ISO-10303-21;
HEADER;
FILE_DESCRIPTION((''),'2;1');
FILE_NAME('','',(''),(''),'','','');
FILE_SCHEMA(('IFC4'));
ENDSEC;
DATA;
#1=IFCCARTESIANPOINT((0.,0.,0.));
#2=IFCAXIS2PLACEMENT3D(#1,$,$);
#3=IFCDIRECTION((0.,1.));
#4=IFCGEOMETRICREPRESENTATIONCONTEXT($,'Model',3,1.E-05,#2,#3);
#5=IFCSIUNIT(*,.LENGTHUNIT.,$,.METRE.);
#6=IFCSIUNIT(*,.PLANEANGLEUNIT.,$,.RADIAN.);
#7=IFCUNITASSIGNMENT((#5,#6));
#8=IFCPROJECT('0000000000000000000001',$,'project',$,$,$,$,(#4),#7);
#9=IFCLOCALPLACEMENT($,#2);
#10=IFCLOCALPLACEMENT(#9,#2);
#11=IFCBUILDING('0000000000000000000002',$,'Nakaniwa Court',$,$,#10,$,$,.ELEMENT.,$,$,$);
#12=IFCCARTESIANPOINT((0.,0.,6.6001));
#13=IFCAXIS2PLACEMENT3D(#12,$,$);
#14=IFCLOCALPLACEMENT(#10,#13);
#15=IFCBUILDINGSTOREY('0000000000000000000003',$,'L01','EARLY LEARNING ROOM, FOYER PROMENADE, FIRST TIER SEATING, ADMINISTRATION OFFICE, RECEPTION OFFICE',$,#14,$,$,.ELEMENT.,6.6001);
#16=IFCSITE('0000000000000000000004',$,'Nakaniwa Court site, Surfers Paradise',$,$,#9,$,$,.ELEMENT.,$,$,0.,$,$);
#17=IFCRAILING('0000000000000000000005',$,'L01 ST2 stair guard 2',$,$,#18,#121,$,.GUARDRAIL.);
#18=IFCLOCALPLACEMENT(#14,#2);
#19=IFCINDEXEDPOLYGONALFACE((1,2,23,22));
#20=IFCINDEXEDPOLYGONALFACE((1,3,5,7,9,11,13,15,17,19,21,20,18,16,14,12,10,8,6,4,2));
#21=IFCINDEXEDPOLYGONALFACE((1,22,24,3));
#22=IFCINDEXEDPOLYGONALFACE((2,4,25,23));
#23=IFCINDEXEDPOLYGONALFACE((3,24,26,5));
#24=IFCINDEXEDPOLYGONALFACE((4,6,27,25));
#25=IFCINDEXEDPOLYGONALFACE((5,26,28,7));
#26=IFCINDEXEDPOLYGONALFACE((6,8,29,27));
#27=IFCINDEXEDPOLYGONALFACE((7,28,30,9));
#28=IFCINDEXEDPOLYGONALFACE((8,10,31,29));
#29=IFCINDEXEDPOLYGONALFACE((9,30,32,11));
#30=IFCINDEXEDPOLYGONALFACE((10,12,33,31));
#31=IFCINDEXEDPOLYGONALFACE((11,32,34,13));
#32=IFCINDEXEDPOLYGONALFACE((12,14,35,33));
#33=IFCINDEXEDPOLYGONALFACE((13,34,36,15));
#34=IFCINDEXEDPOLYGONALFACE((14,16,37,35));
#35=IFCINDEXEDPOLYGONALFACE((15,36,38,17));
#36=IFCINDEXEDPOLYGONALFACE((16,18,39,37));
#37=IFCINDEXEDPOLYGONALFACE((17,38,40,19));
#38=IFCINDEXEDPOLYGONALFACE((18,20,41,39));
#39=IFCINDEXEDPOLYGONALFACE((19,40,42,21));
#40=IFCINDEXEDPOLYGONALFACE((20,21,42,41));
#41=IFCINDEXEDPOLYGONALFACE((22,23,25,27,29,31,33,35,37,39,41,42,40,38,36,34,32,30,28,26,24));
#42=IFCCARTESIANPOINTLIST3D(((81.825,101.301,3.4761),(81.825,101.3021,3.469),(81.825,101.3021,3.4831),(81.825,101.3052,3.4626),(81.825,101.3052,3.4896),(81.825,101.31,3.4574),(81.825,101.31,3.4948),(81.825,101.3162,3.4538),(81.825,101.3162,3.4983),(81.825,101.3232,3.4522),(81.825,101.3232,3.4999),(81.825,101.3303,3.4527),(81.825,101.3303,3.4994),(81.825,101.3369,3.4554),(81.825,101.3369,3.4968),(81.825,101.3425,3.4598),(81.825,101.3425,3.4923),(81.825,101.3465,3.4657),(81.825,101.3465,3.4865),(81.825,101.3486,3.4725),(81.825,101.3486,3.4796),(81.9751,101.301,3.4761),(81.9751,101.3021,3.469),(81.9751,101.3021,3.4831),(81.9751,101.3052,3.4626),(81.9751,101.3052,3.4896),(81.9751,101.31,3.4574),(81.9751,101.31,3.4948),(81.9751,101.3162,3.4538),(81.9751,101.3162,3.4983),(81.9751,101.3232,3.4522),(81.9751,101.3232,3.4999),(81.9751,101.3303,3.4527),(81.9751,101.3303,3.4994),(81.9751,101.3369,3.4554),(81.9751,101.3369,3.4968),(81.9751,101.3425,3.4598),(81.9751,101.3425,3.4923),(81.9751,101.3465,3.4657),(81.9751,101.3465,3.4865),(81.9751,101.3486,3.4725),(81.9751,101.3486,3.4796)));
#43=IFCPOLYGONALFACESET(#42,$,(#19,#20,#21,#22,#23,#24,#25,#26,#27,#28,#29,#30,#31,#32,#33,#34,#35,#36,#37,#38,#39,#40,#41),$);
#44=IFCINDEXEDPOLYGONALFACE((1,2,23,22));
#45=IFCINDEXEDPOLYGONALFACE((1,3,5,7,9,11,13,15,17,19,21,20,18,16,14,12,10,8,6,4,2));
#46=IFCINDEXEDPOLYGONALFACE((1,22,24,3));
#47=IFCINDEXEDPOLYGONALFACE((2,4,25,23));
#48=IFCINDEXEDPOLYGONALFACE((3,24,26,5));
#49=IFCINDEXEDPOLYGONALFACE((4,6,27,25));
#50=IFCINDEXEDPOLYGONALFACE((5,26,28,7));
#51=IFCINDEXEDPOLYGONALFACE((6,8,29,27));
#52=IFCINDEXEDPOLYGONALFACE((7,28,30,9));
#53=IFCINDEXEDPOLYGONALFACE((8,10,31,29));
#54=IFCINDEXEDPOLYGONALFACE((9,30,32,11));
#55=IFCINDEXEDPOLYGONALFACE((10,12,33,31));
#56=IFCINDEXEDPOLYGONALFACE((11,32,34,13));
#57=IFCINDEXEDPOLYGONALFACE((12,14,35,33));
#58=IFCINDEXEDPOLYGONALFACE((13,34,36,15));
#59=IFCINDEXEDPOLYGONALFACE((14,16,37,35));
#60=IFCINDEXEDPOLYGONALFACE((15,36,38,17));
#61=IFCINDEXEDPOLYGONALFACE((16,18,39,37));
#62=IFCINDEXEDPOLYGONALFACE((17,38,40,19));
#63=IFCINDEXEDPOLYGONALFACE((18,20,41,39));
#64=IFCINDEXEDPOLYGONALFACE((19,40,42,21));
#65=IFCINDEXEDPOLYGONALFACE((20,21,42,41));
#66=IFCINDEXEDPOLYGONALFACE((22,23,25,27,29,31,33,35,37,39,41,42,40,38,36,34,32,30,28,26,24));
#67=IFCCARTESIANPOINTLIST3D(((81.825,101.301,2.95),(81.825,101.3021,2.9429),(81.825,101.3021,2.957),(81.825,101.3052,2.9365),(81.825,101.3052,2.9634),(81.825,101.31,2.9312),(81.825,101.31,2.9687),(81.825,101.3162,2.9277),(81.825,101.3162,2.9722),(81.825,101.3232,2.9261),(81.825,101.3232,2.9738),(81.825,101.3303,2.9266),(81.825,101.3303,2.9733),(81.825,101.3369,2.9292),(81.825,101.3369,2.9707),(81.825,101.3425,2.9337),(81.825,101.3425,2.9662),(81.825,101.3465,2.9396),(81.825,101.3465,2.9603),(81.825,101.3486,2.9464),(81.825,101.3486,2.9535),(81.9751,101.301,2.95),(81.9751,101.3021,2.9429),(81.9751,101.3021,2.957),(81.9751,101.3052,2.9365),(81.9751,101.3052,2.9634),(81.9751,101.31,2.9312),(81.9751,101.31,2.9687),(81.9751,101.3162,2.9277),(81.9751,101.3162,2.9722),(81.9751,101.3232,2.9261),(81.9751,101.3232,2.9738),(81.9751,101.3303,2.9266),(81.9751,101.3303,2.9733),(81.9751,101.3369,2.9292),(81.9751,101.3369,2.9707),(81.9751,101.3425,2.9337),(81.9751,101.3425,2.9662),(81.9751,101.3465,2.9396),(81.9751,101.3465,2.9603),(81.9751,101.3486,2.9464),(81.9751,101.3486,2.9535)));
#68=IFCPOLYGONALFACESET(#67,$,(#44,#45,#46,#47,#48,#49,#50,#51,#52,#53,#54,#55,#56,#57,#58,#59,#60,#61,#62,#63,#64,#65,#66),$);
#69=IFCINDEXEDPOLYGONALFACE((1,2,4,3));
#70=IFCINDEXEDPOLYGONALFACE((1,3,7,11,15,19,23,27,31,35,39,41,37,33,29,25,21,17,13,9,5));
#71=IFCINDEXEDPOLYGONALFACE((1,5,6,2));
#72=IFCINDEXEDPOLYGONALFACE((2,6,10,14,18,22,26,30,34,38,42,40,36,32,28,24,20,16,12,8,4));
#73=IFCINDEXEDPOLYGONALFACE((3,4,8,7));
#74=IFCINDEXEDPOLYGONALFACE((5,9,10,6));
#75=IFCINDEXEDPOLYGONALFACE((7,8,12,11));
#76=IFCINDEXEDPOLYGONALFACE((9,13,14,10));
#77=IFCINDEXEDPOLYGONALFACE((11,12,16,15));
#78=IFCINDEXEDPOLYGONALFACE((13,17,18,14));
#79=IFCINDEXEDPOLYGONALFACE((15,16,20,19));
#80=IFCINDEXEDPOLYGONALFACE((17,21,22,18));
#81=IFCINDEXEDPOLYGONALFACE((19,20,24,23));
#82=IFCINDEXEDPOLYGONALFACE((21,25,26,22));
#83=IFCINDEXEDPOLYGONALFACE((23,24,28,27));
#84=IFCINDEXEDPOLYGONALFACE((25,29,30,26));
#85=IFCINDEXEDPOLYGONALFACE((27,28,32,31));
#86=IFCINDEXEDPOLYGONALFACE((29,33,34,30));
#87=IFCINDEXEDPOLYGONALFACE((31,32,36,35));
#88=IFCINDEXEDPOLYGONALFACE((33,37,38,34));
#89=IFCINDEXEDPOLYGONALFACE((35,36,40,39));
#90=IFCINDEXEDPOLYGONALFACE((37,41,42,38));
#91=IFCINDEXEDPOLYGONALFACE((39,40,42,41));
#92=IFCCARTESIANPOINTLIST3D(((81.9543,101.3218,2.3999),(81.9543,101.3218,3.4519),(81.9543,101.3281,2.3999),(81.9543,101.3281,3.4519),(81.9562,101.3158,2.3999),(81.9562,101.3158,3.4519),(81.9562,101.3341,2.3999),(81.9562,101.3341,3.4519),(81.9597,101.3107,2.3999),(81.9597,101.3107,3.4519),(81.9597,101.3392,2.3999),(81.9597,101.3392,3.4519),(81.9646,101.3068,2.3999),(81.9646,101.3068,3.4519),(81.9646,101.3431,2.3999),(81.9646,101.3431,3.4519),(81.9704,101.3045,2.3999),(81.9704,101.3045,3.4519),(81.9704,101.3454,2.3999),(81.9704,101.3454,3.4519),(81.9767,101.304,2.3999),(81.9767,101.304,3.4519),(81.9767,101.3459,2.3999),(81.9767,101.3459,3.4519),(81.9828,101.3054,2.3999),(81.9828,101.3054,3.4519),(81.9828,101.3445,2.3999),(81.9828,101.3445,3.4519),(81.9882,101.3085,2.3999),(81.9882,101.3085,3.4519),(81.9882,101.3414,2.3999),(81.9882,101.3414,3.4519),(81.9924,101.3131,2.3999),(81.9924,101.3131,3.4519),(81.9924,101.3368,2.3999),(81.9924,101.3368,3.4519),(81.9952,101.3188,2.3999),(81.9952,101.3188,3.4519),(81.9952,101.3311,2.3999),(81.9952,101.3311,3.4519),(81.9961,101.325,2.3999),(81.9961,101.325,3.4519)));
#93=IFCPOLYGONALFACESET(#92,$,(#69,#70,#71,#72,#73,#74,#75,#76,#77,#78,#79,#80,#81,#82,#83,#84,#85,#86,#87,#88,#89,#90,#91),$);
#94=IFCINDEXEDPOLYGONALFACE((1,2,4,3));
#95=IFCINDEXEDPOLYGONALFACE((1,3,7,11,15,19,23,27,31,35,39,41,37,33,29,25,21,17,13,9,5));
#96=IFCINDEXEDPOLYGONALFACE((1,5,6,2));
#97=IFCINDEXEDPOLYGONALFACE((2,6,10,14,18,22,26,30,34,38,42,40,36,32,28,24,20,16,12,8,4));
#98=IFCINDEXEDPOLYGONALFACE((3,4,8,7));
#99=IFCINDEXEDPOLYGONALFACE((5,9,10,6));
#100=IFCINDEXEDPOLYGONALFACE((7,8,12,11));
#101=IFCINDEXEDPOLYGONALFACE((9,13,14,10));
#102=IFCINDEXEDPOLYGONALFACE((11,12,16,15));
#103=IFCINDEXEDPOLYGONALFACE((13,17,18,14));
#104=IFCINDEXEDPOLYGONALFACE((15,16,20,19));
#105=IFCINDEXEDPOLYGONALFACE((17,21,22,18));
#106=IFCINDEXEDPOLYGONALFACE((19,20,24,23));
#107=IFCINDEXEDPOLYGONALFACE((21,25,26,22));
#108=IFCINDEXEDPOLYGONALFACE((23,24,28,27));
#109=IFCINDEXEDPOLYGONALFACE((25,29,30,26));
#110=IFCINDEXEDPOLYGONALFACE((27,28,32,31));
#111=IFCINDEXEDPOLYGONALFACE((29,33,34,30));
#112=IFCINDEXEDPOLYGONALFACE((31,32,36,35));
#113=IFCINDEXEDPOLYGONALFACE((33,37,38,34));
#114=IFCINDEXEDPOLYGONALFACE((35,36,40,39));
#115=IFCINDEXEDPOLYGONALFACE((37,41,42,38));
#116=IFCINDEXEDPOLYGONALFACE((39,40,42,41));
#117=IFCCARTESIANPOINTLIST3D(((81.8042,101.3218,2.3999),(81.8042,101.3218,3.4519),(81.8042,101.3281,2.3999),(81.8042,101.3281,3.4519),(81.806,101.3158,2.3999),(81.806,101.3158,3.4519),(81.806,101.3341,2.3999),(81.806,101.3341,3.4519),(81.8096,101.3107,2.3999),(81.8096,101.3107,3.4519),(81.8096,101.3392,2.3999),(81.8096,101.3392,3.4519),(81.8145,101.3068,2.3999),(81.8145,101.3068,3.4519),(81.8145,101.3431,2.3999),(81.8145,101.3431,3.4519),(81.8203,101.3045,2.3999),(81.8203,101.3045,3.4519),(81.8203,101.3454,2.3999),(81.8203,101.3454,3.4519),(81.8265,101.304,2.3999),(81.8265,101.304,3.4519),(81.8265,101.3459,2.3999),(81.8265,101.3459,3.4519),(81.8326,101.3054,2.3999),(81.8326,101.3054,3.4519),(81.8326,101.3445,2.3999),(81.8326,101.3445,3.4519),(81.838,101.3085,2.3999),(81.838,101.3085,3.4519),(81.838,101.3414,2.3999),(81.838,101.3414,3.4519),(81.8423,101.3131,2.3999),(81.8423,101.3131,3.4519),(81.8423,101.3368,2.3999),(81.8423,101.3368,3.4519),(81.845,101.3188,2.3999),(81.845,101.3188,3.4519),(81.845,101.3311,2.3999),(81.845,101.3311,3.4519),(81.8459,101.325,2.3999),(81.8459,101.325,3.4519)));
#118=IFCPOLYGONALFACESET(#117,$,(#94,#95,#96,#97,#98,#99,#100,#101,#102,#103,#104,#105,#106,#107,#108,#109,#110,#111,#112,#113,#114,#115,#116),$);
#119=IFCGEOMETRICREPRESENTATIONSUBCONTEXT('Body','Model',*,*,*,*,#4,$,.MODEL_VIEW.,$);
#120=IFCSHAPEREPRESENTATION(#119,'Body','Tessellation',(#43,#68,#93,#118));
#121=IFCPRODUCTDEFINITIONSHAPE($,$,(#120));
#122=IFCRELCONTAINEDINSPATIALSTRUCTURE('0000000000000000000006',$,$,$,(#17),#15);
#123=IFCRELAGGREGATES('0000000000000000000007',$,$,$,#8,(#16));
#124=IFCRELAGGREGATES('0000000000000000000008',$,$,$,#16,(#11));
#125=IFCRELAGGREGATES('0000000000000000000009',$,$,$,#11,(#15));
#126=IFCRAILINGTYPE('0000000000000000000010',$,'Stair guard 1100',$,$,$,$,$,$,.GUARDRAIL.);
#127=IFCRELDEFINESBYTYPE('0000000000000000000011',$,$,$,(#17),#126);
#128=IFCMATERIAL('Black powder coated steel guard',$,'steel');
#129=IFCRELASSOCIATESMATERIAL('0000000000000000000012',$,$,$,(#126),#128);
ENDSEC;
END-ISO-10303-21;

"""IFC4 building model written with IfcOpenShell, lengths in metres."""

from ifc_helpers import new_model, si_unit, direction, frame, origin, origin_2d, place, context, subcontext, project, spatial, circle, extrude, material, type_object, element, save


model = new_model("IFC4")

# Units and contexts
model_context = context("Model", 3, precision=1e-05, world=origin(), true_north=direction((0.0, 1.0)))
body_context = subcontext(model_context, "Body", "Model", "MODEL_VIEW")
ifc_project = project(units=[si_unit("LENGTHUNIT", "METRE"), si_unit("PLANEANGLEUNIT", "RADIAN")], contexts=[model_context])

# Site, building, storey
site_placement = place(None, origin())
site = spatial("IfcSite", under=ifc_project, at=site_placement, Name="Nakaniwa Court site, Surfers Paradise", CompositionType="ELEMENT", RefElevation=0.0)
building_placement = place(site_placement, origin())
building = spatial("IfcBuilding", under=site, at=building_placement, Name="Nakaniwa Court", CompositionType="ELEMENT")
storey_placement = place(building_placement, frame((0.0, 0.0, 6.6001)))
storey = spatial("IfcBuildingStorey", under=building, at=storey_placement, Name="L01", Description="EARLY LEARNING ROOM, FOYER PROMENADE, FIRST TIER SEATING, ADMINISTRATION OFFICE, RECEPTION OFFICE", CompositionType="ELEMENT", Elevation=6.6001)

# Railing
ifc_material_1 = material(Name="Black powder coated steel guard", Category="steel")
railing_type = type_object("IfcRailingType", Name="Stair guard 1100", PredefinedType="GUARDRAIL", material=ifc_material_1)
railing_1_placement = place(storey_placement, frame((81.9751, 101.325, 2.3999)))
element("IfcRailing", 1, at=railing_1_placement, inside=storey, type_object=railing_type, Name="L01 ST2 stair guard 2", PredefinedType="GUARDRAIL", context=body_context, shape_type="SweptSolid", body=[
    extrude(circle(Radius=0.0239, at=origin_2d()), frame((0.0, 0.0, 1.0762), z_axis=(-1.0, 0.0, 0.0), x_axis=(0.0, -1.0, 0.0)), (0.0, 0.0, 1.0), 0.1501),
    extrude(circle(Radius=0.0239, at=origin_2d()), frame((0.0, 0.0, 0.55), z_axis=(-1.0, 0.0, 0.0), x_axis=(0.0, -1.0, 0.0)), (0.0, 0.0, 1.0), 0.1501),
    extrude(circle(Radius=0.021, at=origin_2d()), origin(), (0.0, 0.0, 1.0), 1.052),
    extrude(circle(Radius=0.021, at=origin_2d()), frame((-0.1501, 0.0, 0.0)), (0.0, 0.0, 1.0), 1.052),
])

save(model, "model.ifc")
